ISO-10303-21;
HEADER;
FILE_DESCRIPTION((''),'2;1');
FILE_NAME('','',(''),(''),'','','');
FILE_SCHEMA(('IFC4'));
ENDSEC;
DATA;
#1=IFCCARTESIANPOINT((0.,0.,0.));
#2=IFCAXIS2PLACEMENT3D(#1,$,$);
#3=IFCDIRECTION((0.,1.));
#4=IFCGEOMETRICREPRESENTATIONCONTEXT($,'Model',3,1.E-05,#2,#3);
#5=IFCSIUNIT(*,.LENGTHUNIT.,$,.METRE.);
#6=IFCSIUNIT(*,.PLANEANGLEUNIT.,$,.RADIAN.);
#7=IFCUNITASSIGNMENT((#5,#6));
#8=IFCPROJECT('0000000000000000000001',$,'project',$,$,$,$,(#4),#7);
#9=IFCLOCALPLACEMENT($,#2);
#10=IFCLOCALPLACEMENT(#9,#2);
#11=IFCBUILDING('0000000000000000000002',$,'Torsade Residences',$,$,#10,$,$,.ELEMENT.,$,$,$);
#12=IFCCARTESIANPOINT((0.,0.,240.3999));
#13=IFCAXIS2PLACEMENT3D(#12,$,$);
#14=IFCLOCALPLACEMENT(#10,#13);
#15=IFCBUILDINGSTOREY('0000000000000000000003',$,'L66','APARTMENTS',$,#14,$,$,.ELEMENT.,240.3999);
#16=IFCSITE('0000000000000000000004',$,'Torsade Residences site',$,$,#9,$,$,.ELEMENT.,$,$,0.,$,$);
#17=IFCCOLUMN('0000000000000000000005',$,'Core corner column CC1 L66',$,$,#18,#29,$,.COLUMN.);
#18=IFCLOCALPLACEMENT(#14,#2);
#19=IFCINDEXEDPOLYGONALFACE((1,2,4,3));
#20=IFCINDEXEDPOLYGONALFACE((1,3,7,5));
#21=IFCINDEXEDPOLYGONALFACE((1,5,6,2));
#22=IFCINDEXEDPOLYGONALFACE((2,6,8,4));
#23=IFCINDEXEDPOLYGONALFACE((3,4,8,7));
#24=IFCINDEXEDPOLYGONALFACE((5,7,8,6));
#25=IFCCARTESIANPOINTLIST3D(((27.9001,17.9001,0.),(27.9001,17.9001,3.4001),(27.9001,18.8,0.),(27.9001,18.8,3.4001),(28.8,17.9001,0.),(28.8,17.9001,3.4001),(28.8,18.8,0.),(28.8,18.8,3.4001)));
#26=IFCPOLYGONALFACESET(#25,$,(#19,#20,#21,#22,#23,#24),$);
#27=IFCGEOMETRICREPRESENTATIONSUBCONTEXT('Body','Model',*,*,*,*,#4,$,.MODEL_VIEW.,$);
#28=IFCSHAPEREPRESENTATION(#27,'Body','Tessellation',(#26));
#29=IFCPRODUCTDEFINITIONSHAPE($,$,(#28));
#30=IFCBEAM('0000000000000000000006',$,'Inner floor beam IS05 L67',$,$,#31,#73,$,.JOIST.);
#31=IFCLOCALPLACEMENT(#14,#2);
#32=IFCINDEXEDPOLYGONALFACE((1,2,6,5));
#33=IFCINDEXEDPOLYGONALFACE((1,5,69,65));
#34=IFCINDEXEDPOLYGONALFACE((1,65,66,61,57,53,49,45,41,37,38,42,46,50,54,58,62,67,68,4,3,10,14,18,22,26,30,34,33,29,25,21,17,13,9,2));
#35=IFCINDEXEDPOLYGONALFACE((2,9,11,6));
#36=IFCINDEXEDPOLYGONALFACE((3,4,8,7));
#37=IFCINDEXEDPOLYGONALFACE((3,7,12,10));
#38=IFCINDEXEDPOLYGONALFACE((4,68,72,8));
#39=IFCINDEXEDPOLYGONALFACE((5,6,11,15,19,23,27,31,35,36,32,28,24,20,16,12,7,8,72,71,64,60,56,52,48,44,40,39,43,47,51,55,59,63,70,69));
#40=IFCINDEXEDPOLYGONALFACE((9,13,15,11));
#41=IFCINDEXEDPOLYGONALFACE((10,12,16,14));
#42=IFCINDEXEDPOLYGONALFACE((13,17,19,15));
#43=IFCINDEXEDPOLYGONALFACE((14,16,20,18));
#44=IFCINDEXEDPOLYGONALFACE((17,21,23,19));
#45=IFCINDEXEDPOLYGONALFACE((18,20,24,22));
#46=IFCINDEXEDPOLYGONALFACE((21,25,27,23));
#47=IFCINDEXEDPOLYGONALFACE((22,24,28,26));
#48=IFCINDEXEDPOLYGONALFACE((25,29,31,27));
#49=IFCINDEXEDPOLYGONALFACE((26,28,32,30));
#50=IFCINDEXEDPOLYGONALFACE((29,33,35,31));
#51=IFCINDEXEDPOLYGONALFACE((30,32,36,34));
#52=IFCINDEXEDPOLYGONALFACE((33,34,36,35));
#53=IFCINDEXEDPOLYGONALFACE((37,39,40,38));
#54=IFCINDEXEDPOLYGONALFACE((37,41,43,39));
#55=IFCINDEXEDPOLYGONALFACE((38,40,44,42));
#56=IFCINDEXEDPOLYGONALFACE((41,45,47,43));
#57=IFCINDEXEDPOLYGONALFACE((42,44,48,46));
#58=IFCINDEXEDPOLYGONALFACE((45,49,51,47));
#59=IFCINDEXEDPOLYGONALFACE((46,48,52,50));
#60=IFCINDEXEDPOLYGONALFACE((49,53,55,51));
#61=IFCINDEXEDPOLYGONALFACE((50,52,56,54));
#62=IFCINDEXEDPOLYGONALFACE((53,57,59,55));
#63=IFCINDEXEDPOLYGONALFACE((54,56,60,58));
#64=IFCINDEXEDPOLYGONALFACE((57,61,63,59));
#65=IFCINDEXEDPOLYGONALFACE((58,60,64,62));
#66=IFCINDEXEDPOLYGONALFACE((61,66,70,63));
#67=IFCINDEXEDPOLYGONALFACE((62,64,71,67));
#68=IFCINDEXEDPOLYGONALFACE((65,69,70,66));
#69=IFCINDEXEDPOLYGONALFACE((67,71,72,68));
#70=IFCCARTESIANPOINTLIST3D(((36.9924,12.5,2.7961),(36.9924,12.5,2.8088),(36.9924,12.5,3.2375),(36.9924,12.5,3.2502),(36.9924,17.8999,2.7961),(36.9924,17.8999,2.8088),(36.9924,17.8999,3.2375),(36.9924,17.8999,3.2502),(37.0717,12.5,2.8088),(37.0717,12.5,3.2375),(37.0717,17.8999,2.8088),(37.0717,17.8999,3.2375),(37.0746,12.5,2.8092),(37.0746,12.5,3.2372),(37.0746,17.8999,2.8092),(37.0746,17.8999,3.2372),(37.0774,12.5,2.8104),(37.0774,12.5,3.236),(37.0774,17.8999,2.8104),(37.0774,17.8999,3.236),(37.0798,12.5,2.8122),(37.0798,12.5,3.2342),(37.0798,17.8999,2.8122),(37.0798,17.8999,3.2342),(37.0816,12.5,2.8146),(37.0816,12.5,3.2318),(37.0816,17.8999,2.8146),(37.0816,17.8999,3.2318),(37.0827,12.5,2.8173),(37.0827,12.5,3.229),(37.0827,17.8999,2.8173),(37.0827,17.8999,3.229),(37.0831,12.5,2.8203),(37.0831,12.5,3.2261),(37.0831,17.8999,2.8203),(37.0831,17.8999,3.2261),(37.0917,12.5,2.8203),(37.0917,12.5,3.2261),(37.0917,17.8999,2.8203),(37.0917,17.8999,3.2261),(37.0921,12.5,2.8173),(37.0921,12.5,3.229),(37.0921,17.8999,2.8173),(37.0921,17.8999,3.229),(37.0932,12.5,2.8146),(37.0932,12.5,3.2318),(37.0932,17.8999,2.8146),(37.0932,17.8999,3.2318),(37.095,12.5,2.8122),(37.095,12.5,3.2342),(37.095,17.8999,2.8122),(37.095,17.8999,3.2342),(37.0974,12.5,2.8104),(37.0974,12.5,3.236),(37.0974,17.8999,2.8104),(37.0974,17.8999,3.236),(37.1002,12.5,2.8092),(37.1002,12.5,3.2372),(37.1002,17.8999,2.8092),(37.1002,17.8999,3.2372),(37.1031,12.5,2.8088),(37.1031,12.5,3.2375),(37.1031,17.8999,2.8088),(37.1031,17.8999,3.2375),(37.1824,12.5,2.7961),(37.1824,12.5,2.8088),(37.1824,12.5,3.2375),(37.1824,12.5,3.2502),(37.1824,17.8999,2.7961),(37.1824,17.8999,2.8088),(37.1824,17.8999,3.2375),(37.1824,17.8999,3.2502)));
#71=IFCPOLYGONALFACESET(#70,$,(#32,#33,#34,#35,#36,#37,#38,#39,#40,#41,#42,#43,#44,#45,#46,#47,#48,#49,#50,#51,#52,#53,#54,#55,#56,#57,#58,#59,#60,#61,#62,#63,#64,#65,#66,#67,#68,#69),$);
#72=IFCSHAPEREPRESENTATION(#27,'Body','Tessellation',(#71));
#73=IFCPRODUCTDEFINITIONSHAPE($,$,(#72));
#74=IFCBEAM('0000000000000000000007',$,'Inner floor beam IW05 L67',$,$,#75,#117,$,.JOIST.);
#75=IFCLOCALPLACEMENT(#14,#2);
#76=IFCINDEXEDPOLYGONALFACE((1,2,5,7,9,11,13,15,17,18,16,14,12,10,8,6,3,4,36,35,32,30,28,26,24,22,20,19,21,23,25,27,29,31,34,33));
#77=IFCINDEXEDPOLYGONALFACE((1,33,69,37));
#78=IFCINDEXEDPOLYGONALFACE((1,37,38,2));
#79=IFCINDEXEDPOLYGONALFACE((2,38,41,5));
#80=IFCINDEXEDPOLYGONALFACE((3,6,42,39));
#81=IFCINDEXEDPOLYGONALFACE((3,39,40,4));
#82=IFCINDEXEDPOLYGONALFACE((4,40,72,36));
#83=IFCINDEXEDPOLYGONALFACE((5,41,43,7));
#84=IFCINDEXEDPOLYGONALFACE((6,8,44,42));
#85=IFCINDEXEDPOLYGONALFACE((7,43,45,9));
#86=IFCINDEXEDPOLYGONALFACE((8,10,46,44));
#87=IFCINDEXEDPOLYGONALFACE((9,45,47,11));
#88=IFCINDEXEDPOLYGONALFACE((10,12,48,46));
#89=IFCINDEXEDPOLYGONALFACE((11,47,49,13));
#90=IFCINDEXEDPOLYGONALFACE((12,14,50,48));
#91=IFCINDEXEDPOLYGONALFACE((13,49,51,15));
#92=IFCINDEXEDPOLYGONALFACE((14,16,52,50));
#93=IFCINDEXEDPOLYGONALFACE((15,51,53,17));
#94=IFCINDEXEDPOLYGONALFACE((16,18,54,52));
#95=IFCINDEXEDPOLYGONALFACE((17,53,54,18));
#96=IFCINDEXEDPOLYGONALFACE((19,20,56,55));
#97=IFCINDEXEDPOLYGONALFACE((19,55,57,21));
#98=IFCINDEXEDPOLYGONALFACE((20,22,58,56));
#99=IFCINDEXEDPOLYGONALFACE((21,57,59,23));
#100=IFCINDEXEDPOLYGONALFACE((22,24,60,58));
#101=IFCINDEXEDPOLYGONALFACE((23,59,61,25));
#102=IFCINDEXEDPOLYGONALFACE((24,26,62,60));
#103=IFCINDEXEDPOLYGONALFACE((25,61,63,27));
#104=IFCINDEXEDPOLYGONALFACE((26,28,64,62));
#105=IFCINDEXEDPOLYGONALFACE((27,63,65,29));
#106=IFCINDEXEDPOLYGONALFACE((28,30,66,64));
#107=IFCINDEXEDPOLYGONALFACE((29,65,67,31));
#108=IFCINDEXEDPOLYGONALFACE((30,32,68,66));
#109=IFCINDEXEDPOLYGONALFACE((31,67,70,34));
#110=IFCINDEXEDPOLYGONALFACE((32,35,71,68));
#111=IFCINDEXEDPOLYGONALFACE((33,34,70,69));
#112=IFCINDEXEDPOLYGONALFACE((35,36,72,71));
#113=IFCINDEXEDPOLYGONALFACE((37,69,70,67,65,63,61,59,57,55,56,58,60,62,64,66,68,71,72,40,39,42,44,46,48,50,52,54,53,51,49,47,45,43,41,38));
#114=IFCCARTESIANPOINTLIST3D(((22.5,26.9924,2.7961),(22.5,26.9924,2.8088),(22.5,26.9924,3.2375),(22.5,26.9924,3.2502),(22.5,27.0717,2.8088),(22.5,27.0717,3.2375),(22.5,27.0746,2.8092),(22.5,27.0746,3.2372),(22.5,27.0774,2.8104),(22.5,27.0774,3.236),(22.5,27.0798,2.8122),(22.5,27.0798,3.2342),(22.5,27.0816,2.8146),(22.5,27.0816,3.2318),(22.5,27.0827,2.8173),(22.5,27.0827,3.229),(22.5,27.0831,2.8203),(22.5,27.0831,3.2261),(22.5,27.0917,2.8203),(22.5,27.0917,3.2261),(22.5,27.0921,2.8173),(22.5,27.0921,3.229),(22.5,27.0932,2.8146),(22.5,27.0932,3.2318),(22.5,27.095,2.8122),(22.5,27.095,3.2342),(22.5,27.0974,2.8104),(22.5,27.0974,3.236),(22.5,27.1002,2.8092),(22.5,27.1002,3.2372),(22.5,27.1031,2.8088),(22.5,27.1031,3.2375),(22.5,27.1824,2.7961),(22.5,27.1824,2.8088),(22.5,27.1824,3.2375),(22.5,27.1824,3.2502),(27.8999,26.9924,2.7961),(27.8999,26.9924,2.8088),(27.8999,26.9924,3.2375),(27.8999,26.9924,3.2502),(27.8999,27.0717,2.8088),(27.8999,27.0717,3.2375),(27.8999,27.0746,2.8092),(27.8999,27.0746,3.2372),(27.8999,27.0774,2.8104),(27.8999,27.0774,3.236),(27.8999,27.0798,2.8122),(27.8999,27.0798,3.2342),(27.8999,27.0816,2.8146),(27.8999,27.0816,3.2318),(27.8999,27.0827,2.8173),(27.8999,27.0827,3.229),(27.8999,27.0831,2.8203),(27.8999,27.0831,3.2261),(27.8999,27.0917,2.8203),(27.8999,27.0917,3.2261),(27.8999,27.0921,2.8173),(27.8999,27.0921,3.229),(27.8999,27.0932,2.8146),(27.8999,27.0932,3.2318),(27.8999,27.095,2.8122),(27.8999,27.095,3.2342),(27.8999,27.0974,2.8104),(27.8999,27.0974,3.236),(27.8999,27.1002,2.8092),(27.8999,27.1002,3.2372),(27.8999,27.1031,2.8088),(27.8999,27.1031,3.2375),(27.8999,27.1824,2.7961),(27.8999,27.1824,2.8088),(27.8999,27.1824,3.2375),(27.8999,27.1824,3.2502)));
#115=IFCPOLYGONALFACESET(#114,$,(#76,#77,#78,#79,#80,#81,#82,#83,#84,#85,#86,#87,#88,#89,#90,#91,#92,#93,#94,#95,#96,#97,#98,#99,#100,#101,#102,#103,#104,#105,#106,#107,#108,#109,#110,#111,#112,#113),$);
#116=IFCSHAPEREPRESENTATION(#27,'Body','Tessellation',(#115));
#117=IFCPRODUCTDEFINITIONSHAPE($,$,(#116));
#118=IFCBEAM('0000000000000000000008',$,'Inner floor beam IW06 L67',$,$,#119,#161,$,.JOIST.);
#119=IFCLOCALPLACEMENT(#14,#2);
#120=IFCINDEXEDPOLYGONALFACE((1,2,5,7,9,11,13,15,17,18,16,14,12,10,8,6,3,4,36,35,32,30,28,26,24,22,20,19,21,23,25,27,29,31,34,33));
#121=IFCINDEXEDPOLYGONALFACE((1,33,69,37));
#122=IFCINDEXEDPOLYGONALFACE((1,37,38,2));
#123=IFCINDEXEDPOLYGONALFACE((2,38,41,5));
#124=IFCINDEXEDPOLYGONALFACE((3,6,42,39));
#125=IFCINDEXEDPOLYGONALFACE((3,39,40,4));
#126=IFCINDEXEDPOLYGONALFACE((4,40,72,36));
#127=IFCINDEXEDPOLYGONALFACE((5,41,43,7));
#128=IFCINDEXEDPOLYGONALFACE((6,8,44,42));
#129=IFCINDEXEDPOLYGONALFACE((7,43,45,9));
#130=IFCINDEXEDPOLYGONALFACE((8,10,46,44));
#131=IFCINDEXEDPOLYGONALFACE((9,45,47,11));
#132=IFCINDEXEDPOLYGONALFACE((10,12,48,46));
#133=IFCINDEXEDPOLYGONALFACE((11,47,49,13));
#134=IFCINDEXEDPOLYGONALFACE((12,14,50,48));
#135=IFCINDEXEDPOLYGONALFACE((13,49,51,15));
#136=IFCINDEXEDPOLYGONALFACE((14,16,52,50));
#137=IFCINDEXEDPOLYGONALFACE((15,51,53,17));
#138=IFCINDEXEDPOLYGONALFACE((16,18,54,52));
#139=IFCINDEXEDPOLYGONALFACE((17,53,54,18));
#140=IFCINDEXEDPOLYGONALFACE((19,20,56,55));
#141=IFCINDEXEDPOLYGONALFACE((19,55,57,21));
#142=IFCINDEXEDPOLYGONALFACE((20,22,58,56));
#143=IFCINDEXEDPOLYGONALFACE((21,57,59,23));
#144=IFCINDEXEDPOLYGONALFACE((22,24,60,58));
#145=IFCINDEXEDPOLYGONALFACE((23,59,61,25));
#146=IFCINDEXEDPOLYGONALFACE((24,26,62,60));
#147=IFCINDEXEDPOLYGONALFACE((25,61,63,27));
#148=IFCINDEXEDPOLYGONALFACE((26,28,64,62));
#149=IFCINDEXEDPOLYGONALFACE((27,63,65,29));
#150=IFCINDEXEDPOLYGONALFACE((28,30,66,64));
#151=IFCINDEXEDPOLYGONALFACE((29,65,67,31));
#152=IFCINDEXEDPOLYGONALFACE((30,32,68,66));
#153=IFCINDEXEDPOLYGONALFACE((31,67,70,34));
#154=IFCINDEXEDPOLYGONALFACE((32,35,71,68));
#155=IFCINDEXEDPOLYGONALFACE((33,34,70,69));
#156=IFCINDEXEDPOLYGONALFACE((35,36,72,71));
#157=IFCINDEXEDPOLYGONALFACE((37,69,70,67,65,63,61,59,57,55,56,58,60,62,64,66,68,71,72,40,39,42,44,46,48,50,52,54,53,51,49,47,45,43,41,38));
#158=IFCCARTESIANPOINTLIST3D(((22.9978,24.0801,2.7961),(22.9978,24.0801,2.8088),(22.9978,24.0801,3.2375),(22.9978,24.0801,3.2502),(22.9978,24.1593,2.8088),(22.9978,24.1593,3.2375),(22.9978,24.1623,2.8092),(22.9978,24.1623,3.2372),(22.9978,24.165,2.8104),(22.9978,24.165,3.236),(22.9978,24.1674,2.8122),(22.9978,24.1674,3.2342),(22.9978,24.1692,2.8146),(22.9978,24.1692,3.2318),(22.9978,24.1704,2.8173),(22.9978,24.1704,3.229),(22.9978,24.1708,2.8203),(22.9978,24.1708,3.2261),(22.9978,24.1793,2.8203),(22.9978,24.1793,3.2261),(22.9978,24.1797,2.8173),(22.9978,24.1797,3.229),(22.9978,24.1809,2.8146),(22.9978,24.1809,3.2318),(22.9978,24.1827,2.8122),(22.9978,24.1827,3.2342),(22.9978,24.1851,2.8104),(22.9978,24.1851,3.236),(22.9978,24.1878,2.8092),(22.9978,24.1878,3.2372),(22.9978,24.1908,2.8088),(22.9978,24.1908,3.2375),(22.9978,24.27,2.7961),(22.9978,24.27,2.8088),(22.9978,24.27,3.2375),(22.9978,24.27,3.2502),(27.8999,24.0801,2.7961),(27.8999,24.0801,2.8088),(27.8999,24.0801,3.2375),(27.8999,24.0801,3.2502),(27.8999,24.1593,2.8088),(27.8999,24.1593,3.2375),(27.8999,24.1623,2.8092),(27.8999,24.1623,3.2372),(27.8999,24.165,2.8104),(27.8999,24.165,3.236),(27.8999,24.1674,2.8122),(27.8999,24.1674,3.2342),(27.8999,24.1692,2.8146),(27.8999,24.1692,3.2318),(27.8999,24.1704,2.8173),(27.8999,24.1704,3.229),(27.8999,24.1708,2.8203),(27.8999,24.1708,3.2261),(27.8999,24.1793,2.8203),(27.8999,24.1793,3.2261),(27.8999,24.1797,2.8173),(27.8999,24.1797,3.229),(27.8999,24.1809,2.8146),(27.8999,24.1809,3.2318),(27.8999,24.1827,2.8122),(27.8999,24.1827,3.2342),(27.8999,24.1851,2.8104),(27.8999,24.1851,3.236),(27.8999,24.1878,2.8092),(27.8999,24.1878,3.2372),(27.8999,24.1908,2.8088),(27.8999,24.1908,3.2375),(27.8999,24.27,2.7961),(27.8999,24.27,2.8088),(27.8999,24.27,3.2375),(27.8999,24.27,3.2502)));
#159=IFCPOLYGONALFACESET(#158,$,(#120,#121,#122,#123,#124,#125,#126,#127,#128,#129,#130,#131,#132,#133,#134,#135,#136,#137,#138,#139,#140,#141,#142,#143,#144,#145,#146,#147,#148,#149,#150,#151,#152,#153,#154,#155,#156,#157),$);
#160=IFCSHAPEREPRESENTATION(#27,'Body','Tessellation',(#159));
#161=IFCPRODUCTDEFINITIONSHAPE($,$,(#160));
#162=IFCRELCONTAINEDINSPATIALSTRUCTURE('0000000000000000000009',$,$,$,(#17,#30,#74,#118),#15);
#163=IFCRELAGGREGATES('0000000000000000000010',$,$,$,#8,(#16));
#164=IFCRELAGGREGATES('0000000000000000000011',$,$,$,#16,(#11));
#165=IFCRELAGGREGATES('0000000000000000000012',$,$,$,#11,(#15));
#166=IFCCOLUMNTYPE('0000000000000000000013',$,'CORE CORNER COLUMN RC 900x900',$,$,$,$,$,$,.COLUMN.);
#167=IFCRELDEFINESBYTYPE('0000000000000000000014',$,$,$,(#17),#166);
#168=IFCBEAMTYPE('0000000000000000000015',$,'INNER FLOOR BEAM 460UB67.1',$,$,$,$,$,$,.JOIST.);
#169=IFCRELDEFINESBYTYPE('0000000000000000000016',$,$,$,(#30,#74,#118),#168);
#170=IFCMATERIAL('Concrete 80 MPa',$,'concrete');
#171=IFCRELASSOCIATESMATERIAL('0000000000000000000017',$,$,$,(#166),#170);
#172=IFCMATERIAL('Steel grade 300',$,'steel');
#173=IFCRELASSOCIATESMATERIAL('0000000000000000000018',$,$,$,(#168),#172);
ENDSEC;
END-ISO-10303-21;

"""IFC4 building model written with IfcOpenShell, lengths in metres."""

from ifc_helpers import new_model, si_unit, direction, frame, origin, origin_2d, place, context, subcontext, project, spatial, rectangle, i_section, extrude, material, material_profile, profile_set, type_object, element, save


model = new_model("IFC4")

# Units and contexts
model_context = context("Model", 3, precision=1e-05, world=origin(), true_north=direction((0.0, 1.0)))
body_context = subcontext(model_context, "Body", "Model", "MODEL_VIEW")
ifc_project = project(units=[si_unit("LENGTHUNIT", "METRE"), si_unit("PLANEANGLEUNIT", "RADIAN")], contexts=[model_context])

# Site, building, storey
site_placement = place(None, origin())
site = spatial("IfcSite", under=ifc_project, at=site_placement, Name="Torsade Residences site", CompositionType="ELEMENT", RefElevation=0.0)
building_placement = place(site_placement, origin())
building = spatial("IfcBuilding", under=site, at=building_placement, Name="Torsade Residences", CompositionType="ELEMENT")
storey_placement = place(building_placement, frame((0.0, 0.0, 240.3999)))
storey = spatial("IfcBuildingStorey", under=building, at=storey_placement, Name="L66", Description="APARTMENTS", CompositionType="ELEMENT", Elevation=240.3999)

# Column
ifc_material_1 = material(Name="Concrete 80 MPa", Category="concrete")
ifc_material_profile_1 = material_profile(ifc_material_1, rectangle(XDim=0.8999, YDim=0.8999, at=origin_2d()), Name="RC 900x900")
ifc_profile_set_1 = profile_set([ifc_material_profile_1], Name="Concrete 80 MPa")
column_type = type_object("IfcColumnType", Name="CORE CORNER COLUMN RC 900x900", PredefinedType="COLUMN", material=ifc_profile_set_1)
column_placement = place(storey_placement, frame((28.3501, 18.3501, 0.0), z_axis=(0.0, 0.0, 1.0), x_axis=(1.0, 0.0, 0.0)))
element("IfcColumn", 1, at=column_placement, inside=storey, type_object=column_type, Name="Core corner column CC1 L66", PredefinedType="COLUMN", context=body_context, shape_type="SweptSolid", body=[
    extrude(rectangle(XDim=0.8999, YDim=0.8999, at=origin_2d()), origin(), (0.0, 0.0, 1.0), 3.4001),
])

# Beams
ifc_material_2 = material(Name="Steel grade 300", Category="steel")
ifc_material_profile_2 = material_profile(ifc_material_2, i_section(OverallWidth=0.1899, OverallDepth=0.4541, WebThickness=0.0085, FlangeThickness=0.0127, FilletRadius=0.0115, at=origin_2d()), Name="460UB67.1")
ifc_profile_set_2 = profile_set([ifc_material_profile_2], Name="Steel grade 300")
beam_type = type_object("IfcBeamType", Name="INNER FLOOR BEAM 460UB67.1", PredefinedType="JOIST", material=ifc_profile_set_2)
for number, where, z_axis, x_axis, name in (
    (2, (37.0874, 17.8999, 3.0232), (0.0, -1.0, 0.0), (1.0, 0.0, 0.0), "Inner floor beam IS05 L67"),
    (3, (27.8999, 27.0874, 3.0232), (-1.0, 0.0, 0.0), (0.0, -1.0, 0.0), "Inner floor beam IW05 L67"),
):
    element("IfcBeam", number, at=place(storey_placement, frame(where, z_axis=z_axis, x_axis=x_axis)), inside=storey, type_object=beam_type, Name=name, PredefinedType="JOIST", context=body_context, shape_type="SweptSolid", body=[
        extrude(i_section(OverallWidth=0.1899, OverallDepth=0.4541, WebThickness=0.0085, FlangeThickness=0.0127, FilletRadius=0.0115, at=origin_2d()), origin(), (0.0, 0.0, 1.0), 5.3999),
    ])
beam_1_placement = place(storey_placement, frame((27.8999, 24.175, 3.0232), z_axis=(-1.0, 0.0, 0.0), x_axis=(0.0, -1.0, 0.0)))
element("IfcBeam", 4, at=beam_1_placement, inside=storey, type_object=beam_type, Name="Inner floor beam IW06 L67", PredefinedType="JOIST", context=body_context, shape_type="SweptSolid", body=[
    extrude(i_section(OverallWidth=0.1899, OverallDepth=0.4541, WebThickness=0.0085, FlangeThickness=0.0127, FilletRadius=0.0115, at=origin_2d()), origin(), (0.0, 0.0, 1.0), 4.9021),
])

save(model, "model.ifc")
